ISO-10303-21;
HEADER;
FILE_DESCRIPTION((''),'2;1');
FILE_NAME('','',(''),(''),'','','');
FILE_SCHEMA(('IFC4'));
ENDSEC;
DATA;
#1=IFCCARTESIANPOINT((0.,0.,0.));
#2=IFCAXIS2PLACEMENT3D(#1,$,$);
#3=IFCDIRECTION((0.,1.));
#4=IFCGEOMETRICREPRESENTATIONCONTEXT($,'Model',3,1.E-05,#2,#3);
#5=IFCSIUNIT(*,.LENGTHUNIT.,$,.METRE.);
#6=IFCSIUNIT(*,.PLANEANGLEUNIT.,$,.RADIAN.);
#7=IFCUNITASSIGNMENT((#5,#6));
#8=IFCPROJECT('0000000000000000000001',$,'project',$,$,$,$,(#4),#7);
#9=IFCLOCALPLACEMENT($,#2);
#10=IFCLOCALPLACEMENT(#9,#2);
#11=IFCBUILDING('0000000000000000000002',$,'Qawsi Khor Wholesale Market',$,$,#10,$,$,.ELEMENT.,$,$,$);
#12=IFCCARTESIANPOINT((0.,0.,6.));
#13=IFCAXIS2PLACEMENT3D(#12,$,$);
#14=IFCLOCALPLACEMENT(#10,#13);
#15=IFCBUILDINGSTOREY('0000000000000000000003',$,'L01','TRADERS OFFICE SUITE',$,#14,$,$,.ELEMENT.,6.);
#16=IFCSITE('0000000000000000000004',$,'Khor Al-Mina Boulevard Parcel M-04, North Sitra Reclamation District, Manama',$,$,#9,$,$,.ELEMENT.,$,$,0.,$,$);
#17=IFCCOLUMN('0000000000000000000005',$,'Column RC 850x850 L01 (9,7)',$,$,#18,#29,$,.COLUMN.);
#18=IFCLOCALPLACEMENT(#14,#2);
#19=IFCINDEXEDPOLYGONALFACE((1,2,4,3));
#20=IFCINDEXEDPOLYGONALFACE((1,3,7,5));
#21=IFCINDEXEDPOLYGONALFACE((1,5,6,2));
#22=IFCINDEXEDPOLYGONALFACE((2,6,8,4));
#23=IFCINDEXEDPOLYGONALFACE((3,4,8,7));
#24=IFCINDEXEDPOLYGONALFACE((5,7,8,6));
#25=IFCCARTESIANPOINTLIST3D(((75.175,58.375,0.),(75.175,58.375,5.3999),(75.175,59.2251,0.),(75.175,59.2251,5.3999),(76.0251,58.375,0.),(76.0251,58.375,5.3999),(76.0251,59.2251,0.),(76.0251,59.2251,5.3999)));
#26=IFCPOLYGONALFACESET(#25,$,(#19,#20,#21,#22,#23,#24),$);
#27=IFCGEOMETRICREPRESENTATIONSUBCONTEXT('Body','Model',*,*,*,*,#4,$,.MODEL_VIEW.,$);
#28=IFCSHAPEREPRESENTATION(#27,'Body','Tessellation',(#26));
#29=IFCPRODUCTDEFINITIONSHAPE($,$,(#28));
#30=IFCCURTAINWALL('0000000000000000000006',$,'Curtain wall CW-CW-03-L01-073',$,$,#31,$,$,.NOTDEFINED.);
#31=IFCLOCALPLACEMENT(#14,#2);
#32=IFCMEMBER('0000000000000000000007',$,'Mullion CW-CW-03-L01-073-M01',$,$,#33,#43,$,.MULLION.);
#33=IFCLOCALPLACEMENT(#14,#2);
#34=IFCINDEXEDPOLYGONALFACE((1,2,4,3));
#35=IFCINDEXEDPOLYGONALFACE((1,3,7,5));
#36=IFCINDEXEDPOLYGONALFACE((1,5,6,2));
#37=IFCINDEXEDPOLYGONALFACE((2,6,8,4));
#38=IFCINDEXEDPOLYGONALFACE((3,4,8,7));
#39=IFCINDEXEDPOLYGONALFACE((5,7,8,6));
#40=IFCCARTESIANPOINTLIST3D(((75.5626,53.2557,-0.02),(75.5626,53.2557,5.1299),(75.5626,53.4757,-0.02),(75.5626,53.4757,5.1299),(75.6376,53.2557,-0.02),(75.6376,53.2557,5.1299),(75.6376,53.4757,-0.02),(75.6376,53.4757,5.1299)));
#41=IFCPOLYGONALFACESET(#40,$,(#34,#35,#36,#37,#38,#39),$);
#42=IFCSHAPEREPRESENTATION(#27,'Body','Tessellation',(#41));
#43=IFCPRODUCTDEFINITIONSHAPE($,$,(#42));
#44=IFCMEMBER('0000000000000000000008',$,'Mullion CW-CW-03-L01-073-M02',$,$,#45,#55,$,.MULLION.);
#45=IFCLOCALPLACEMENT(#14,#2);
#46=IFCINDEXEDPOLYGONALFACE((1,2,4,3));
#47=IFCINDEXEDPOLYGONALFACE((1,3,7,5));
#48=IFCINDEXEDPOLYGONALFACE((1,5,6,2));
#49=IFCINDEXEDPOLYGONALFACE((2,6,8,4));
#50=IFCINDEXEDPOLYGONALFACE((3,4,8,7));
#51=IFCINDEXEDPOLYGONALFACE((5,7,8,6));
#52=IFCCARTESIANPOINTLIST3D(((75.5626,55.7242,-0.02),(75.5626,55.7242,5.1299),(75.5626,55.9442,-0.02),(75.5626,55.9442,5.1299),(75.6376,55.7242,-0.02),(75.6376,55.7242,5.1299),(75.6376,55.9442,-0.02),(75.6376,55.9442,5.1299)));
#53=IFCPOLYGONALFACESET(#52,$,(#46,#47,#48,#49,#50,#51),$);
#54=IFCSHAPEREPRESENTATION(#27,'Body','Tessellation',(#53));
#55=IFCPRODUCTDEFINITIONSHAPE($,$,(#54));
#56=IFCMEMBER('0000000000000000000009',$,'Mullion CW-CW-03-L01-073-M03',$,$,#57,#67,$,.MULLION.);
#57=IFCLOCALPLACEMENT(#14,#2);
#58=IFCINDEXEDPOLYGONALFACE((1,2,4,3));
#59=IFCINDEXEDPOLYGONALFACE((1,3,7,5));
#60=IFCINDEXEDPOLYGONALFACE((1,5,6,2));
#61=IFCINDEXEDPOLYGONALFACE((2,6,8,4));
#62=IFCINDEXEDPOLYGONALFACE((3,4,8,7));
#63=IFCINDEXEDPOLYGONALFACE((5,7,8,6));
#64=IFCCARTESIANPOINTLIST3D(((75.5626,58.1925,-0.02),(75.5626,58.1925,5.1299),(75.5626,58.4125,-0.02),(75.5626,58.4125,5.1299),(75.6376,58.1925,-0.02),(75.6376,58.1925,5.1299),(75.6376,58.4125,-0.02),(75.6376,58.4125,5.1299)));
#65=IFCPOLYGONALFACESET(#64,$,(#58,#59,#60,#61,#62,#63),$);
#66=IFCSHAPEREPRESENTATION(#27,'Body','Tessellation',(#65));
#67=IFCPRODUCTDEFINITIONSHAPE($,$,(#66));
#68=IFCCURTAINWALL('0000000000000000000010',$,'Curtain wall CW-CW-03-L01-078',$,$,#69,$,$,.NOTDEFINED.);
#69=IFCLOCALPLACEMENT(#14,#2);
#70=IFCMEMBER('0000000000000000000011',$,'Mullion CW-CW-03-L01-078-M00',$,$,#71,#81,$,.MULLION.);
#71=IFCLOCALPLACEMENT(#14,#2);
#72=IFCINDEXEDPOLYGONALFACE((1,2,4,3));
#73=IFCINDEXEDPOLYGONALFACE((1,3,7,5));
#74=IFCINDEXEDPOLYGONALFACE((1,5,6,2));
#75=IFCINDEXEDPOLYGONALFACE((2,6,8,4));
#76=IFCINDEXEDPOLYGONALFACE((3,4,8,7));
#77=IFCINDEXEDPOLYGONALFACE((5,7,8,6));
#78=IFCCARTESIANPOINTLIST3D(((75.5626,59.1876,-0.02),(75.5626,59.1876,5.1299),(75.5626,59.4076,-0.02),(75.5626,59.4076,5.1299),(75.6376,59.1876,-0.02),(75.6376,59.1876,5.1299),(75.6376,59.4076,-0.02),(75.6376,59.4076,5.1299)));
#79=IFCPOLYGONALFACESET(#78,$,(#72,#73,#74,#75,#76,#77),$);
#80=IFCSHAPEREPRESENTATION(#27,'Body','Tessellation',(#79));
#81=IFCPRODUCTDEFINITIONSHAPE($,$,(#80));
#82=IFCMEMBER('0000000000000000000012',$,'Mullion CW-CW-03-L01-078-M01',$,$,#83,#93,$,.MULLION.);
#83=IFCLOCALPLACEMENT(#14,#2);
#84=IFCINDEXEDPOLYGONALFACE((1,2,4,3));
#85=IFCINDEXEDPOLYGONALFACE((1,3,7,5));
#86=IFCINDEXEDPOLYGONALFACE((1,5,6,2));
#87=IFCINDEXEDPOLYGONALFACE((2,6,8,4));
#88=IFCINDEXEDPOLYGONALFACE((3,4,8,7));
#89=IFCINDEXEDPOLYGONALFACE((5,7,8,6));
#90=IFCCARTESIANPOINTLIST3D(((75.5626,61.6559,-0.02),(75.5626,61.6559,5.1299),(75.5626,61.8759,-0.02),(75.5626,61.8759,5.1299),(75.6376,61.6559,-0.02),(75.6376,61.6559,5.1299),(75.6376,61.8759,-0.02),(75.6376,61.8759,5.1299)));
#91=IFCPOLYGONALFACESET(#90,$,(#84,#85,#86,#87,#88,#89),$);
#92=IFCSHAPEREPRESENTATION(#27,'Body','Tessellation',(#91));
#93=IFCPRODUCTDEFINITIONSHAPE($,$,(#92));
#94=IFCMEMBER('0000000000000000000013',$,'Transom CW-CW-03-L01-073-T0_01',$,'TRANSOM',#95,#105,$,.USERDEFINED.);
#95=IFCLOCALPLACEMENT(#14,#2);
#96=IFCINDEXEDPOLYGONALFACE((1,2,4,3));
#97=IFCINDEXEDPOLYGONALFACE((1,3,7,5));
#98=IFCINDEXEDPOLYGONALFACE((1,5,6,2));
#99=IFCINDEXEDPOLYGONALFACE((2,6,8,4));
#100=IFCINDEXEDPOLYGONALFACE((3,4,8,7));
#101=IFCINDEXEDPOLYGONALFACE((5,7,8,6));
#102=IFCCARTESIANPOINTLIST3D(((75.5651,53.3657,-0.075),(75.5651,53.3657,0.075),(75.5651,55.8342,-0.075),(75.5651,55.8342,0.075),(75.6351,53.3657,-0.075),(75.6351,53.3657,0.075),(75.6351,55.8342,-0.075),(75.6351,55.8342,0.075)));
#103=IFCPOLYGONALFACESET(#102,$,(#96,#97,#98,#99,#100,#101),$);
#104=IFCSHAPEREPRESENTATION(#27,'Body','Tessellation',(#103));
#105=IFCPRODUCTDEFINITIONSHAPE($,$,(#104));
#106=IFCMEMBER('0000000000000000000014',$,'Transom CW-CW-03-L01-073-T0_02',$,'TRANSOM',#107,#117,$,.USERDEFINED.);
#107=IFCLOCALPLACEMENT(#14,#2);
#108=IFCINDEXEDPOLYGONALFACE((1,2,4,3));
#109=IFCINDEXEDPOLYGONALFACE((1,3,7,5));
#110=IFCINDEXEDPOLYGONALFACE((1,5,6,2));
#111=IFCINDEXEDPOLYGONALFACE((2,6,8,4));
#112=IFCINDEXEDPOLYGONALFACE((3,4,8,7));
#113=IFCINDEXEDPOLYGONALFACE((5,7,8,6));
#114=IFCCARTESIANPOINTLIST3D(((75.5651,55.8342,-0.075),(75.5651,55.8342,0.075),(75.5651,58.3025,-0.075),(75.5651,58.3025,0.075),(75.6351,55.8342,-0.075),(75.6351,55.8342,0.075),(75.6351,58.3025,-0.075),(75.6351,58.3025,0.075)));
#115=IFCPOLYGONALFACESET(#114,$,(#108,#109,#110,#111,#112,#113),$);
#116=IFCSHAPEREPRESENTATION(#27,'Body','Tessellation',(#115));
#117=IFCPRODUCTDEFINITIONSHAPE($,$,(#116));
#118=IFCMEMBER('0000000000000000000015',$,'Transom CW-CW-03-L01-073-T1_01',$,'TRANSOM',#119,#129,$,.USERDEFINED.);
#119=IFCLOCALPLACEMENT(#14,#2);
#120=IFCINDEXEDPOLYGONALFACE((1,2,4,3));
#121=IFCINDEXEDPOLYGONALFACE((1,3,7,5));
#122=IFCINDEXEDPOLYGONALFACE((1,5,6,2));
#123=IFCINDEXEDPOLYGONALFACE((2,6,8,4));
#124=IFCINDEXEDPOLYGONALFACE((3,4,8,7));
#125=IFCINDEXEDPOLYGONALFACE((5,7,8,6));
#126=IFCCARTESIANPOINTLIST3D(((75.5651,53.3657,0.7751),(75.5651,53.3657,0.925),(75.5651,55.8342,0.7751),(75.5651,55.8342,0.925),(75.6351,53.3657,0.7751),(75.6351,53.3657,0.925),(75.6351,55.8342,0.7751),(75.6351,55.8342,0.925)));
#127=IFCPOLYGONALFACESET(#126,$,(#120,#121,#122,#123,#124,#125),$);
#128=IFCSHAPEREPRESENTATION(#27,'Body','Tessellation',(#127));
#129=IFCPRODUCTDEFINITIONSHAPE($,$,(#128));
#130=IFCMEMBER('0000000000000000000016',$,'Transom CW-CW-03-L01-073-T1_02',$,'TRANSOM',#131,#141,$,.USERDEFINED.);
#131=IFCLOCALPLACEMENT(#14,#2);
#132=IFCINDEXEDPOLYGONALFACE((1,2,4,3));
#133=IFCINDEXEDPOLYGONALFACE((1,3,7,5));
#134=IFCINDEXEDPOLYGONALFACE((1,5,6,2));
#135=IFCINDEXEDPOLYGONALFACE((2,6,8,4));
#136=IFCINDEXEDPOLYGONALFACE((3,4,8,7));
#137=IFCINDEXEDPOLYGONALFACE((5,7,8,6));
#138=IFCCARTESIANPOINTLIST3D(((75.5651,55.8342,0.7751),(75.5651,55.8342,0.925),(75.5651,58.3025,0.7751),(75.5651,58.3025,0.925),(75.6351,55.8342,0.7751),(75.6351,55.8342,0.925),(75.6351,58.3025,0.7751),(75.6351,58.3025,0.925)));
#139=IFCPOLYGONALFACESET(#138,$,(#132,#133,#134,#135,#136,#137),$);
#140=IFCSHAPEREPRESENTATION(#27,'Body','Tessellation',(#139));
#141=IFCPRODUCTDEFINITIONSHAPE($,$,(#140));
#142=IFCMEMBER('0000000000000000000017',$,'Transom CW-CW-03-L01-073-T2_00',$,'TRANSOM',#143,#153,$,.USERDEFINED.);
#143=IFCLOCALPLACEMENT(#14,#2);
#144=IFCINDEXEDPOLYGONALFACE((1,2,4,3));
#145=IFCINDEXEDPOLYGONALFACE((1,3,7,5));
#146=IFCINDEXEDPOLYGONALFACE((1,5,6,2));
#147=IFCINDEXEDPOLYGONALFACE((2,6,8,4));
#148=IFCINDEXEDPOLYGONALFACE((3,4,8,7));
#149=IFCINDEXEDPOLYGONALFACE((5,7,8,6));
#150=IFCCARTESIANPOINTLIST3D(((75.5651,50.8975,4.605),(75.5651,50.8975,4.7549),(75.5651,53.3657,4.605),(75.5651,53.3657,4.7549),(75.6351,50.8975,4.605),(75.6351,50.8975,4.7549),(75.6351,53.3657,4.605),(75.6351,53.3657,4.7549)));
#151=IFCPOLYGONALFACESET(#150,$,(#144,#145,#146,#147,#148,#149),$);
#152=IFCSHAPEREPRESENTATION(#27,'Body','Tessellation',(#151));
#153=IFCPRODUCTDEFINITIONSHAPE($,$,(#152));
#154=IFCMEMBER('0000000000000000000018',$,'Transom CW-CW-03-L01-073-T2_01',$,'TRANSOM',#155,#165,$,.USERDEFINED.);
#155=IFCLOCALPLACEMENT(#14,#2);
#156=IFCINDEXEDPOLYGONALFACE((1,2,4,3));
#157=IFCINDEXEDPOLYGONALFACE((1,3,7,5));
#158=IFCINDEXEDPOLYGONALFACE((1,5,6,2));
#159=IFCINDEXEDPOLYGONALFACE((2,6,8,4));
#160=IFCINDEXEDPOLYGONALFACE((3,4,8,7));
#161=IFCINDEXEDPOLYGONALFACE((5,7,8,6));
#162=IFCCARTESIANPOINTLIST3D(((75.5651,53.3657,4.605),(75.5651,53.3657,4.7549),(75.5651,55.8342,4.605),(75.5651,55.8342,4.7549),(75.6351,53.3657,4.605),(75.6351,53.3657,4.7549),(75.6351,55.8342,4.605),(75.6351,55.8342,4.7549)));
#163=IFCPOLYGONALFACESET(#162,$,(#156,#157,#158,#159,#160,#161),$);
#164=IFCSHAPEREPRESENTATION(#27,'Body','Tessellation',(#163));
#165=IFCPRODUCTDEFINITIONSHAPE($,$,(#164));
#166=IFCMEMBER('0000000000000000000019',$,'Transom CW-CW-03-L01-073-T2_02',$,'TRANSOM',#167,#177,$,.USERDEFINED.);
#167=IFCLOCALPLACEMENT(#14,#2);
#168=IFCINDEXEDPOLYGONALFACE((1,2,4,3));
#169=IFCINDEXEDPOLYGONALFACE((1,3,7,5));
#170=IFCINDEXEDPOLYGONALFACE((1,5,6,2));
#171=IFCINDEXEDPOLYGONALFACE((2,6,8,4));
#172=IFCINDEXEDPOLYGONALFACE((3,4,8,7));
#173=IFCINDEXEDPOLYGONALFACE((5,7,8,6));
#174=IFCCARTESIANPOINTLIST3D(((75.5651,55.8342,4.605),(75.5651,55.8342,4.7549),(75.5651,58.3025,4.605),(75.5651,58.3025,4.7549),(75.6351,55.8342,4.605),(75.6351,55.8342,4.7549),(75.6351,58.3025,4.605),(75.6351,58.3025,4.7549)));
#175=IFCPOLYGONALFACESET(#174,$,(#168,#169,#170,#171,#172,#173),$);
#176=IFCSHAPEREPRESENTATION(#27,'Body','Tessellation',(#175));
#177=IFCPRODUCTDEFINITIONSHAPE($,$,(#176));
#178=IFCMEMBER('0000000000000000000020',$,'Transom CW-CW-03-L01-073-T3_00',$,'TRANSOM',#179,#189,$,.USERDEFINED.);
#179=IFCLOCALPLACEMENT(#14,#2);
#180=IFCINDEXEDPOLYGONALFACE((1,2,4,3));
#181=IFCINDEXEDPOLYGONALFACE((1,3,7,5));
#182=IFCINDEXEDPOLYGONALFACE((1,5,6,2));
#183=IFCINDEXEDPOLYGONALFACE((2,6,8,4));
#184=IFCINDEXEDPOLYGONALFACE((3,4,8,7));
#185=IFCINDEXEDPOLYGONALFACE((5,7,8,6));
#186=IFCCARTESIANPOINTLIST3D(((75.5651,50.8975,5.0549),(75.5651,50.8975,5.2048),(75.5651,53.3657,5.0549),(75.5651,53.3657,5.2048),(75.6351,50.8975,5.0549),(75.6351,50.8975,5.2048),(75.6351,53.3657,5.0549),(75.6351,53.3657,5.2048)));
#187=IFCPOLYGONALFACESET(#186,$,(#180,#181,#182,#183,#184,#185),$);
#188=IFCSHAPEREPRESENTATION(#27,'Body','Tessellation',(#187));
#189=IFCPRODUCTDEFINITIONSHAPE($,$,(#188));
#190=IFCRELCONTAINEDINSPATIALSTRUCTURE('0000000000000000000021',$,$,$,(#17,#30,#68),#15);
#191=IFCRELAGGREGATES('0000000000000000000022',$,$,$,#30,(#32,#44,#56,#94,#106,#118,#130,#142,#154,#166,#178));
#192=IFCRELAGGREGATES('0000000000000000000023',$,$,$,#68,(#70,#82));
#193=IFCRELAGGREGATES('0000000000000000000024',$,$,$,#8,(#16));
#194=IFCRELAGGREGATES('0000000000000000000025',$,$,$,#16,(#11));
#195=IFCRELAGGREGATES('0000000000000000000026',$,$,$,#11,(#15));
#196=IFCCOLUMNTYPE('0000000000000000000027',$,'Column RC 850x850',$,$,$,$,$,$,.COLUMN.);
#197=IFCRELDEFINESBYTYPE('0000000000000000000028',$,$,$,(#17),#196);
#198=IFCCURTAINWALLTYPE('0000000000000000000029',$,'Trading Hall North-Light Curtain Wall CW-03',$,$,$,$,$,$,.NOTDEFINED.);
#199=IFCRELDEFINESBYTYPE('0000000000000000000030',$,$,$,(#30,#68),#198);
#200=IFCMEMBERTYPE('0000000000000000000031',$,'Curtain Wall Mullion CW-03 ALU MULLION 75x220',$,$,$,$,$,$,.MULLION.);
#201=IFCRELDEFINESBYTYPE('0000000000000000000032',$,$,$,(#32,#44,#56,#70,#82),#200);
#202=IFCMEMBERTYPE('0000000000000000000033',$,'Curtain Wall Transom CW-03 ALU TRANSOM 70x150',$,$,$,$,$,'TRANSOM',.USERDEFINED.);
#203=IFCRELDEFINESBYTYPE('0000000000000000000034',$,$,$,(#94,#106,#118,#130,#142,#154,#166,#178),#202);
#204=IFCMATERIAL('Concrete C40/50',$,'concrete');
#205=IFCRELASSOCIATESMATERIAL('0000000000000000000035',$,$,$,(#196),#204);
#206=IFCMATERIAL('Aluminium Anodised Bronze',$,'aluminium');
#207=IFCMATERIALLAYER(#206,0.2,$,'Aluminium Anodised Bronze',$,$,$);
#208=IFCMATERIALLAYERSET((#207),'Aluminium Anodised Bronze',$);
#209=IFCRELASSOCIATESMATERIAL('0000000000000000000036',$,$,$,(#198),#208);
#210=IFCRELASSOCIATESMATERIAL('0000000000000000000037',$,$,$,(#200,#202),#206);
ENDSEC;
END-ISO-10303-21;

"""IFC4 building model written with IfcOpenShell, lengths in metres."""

from ifc_helpers import new_model, si_unit, direction, frame, origin, origin_2d, place, context, subcontext, project, spatial, rectangle, extrude, material, layer, layer_set, material_profile, profile_set, type_object, element, aggregate, save


model = new_model("IFC4")

# Units and contexts
model_context = context("Model", 3, precision=1e-05, world=origin(), true_north=direction((0.0, 1.0)))
body_context = subcontext(model_context, "Body", "Model", "MODEL_VIEW")
ifc_project = project(units=[si_unit("LENGTHUNIT", "METRE"), si_unit("PLANEANGLEUNIT", "RADIAN")], contexts=[model_context])

# Site, building, storey
site_placement = place(None, origin())
site = spatial("IfcSite", under=ifc_project, at=site_placement, Name="Khor Al-Mina Boulevard Parcel M-04, North Sitra Reclamation District, Manama", CompositionType="ELEMENT", RefElevation=0.0)
building_placement = place(site_placement, origin())
building = spatial("IfcBuilding", under=site, at=building_placement, Name="Qawsi Khor Wholesale Market", CompositionType="ELEMENT")
storey_placement = place(building_placement, frame((0.0, 0.0, 6.0)))
storey = spatial("IfcBuildingStorey", under=building, at=storey_placement, Name="L01", Description="TRADERS OFFICE SUITE", CompositionType="ELEMENT", Elevation=6.0)

# Column
ifc_material_1 = material(Name="Concrete C40/50", Category="concrete")
ifc_material_profile_1 = material_profile(ifc_material_1, rectangle(XDim=0.8501, YDim=0.8501, at=origin_2d()), Name="RC 850x850")
ifc_profile_set_1 = profile_set([ifc_material_profile_1], Name="Concrete C40/50")
column_type = type_object("IfcColumnType", Name="Column RC 850x850", PredefinedType="COLUMN", material=ifc_profile_set_1)
column_placement = place(storey_placement, frame((75.6001, 58.8, 0.0), z_axis=(0.0, 0.0, 1.0), x_axis=(1.0, 0.0, 0.0)))
element("IfcColumn", 1, at=column_placement, inside=storey, type_object=column_type, Name="Column RC 850x850 L01 (9,7)", PredefinedType="COLUMN", context=body_context, shape_type="SweptSolid", body=[
    extrude(rectangle(XDim=0.8501, YDim=0.8501, at=origin_2d()), origin(), (0.0, 0.0, 1.0), 5.3999),
])

# Curtain walls, members
ifc_material_2 = material(Name="Aluminium Anodised Bronze", Category="aluminium")
ifc_layer_1 = layer(ifc_material_2, 0.2, Name="Aluminium Anodised Bronze")
ifc_layer_set_1 = layer_set([ifc_layer_1], Name="Aluminium Anodised Bronze")
curtain_wall_type = type_object("IfcCurtainWallType", Name="Trading Hall North-Light Curtain Wall CW-03", PredefinedType="NOTDEFINED", material=ifc_layer_set_1)
curtain_wall_1_placement = place(storey_placement, origin())
curtain_wall_1 = element("IfcCurtainWall", 2, at=curtain_wall_1_placement, inside=storey, type_object=curtain_wall_type, Name="Curtain wall CW-CW-03-L01-073", PredefinedType="NOTDEFINED")
ifc_material_profile_2 = material_profile(ifc_material_2, rectangle(XDim=0.075, YDim=0.22, at=origin_2d()), Name="ALU MULLION 75x220")
ifc_profile_set_2 = profile_set([ifc_material_profile_2], Name="Aluminium Anodised Bronze")
member_type_1 = type_object("IfcMemberType", Name="Curtain Wall Mullion CW-03 ALU MULLION 75x220", PredefinedType="MULLION", material=ifc_profile_set_2)
member_1_placement = place(storey_placement, frame((75.6001, 53.3657, -0.02), z_axis=(0.0, 0.0, 1.0), x_axis=(1.0, 0.0, 0.0)))
member_1 = element("IfcMember", 3, at=member_1_placement, type_object=member_type_1, Name="Mullion CW-CW-03-L01-073-M01", PredefinedType="MULLION", context=body_context, shape_type="SweptSolid", body=[
    extrude(rectangle(XDim=0.075, YDim=0.22, at=origin_2d()), origin(), (0.0, 0.0, 1.0), 5.1499),
])
member_2_placement = place(storey_placement, frame((75.6001, 55.8342, -0.02), z_axis=(0.0, 0.0, 1.0), x_axis=(1.0, 0.0, 0.0)))
member_2 = element("IfcMember", 4, at=member_2_placement, type_object=member_type_1, Name="Mullion CW-CW-03-L01-073-M02", PredefinedType="MULLION", context=body_context, shape_type="SweptSolid", body=[
    extrude(rectangle(XDim=0.075, YDim=0.22, at=origin_2d()), origin(), (0.0, 0.0, 1.0), 5.1499),
])
member_3_placement = place(storey_placement, frame((75.6001, 58.3025, -0.02), z_axis=(0.0, 0.0, 1.0), x_axis=(1.0, 0.0, 0.0)))
member_3 = element("IfcMember", 5, at=member_3_placement, type_object=member_type_1, Name="Mullion CW-CW-03-L01-073-M03", PredefinedType="MULLION", context=body_context, shape_type="SweptSolid", body=[
    extrude(rectangle(XDim=0.075, YDim=0.22, at=origin_2d()), origin(), (0.0, 0.0, 1.0), 5.1499),
])
curtain_wall_2_placement = place(storey_placement, origin())
curtain_wall_2 = element("IfcCurtainWall", 6, at=curtain_wall_2_placement, inside=storey, type_object=curtain_wall_type, Name="Curtain wall CW-CW-03-L01-078", PredefinedType="NOTDEFINED")
member_4_placement = place(storey_placement, frame((75.6001, 59.2976, -0.02), z_axis=(0.0, 0.0, 1.0), x_axis=(1.0, 0.0, 0.0)))
member_4 = element("IfcMember", 7, at=member_4_placement, type_object=member_type_1, Name="Mullion CW-CW-03-L01-078-M00", PredefinedType="MULLION", context=body_context, shape_type="SweptSolid", body=[
    extrude(rectangle(XDim=0.075, YDim=0.22, at=origin_2d()), origin(), (0.0, 0.0, 1.0), 5.1499),
])
member_5_placement = place(storey_placement, frame((75.6001, 61.7659, -0.02), z_axis=(0.0, 0.0, 1.0), x_axis=(1.0, 0.0, 0.0)))
member_5 = element("IfcMember", 8, at=member_5_placement, type_object=member_type_1, Name="Mullion CW-CW-03-L01-078-M01", PredefinedType="MULLION", context=body_context, shape_type="SweptSolid", body=[
    extrude(rectangle(XDim=0.075, YDim=0.22, at=origin_2d()), origin(), (0.0, 0.0, 1.0), 5.1499),
])

# Members
ifc_material_profile_3 = material_profile(ifc_material_2, rectangle(XDim=0.0701, YDim=0.1499, at=origin_2d()), Name="ALU TRANSOM 70x150")
ifc_profile_set_3 = profile_set([ifc_material_profile_3], Name="Aluminium Anodised Bronze")
member_type_2 = type_object("IfcMemberType", Name="Curtain Wall Transom CW-03 ALU TRANSOM 70x150", ElementType="TRANSOM", PredefinedType="USERDEFINED", material=ifc_profile_set_3)
member_6_placement = place(storey_placement, frame((75.6001, 53.3657, 0.0), z_axis=(0.0, 1.0, 0.0), x_axis=(-1.0, 0.0, 0.0)))
member_6 = element("IfcMember", 9, at=member_6_placement, type_object=member_type_2, Name="Transom CW-CW-03-L01-073-T0_01", ObjectType="TRANSOM", PredefinedType="USERDEFINED", context=body_context, shape_type="SweptSolid", body=[
    extrude(rectangle(XDim=0.0701, YDim=0.1499, at=origin_2d()), origin(), (0.0, 0.0, 1.0), 2.4685),
])
member_7_placement = place(storey_placement, frame((75.6001, 55.8342, 0.0), z_axis=(0.0, 1.0, 0.0), x_axis=(-1.0, 0.0, 0.0)))
member_7 = element("IfcMember", 10, at=member_7_placement, type_object=member_type_2, Name="Transom CW-CW-03-L01-073-T0_02", ObjectType="TRANSOM", PredefinedType="USERDEFINED", context=body_context, shape_type="SweptSolid", body=[
    extrude(rectangle(XDim=0.0701, YDim=0.1499, at=origin_2d()), origin(), (0.0, 0.0, 1.0), 2.4683),
])
member_8_placement = place(storey_placement, frame((75.6001, 53.3657, 0.8501), z_axis=(0.0, 1.0, 0.0), x_axis=(-1.0, 0.0, 0.0)))
member_8 = element("IfcMember", 11, at=member_8_placement, type_object=member_type_2, Name="Transom CW-CW-03-L01-073-T1_01", ObjectType="TRANSOM", PredefinedType="USERDEFINED", context=body_context, shape_type="SweptSolid", body=[
    extrude(rectangle(XDim=0.0701, YDim=0.1499, at=origin_2d()), origin(), (0.0, 0.0, 1.0), 2.4685),
])
member_9_placement = place(storey_placement, frame((75.6001, 55.8342, 0.8501), z_axis=(0.0, 1.0, 0.0), x_axis=(-1.0, 0.0, 0.0)))
member_9 = element("IfcMember", 12, at=member_9_placement, type_object=member_type_2, Name="Transom CW-CW-03-L01-073-T1_02", ObjectType="TRANSOM", PredefinedType="USERDEFINED", context=body_context, shape_type="SweptSolid", body=[
    extrude(rectangle(XDim=0.0701, YDim=0.1499, at=origin_2d()), origin(), (0.0, 0.0, 1.0), 2.4683),
])
member_10_placement = place(storey_placement, frame((75.6001, 50.8975, 4.6799), z_axis=(0.0, 1.0, 0.0), x_axis=(-1.0, 0.0, 0.0)))
member_10 = element("IfcMember", 13, at=member_10_placement, type_object=member_type_2, Name="Transom CW-CW-03-L01-073-T2_00", ObjectType="TRANSOM", PredefinedType="USERDEFINED", context=body_context, shape_type="SweptSolid", body=[
    extrude(rectangle(XDim=0.0701, YDim=0.1499, at=origin_2d()), origin(), (0.0, 0.0, 1.0), 2.4683),
])
member_11_placement = place(storey_placement, frame((75.6001, 53.3657, 4.6799), z_axis=(0.0, 1.0, 0.0), x_axis=(-1.0, 0.0, 0.0)))
member_11 = element("IfcMember", 14, at=member_11_placement, type_object=member_type_2, Name="Transom CW-CW-03-L01-073-T2_01", ObjectType="TRANSOM", PredefinedType="USERDEFINED", context=body_context, shape_type="SweptSolid", body=[
    extrude(rectangle(XDim=0.0701, YDim=0.1499, at=origin_2d()), origin(), (0.0, 0.0, 1.0), 2.4685),
])
member_12_placement = place(storey_placement, frame((75.6001, 55.8342, 4.6799), z_axis=(0.0, 1.0, 0.0), x_axis=(-1.0, 0.0, 0.0)))
member_12 = element("IfcMember", 15, at=member_12_placement, type_object=member_type_2, Name="Transom CW-CW-03-L01-073-T2_02", ObjectType="TRANSOM", PredefinedType="USERDEFINED", context=body_context, shape_type="SweptSolid", body=[
    extrude(rectangle(XDim=0.0701, YDim=0.1499, at=origin_2d()), origin(), (0.0, 0.0, 1.0), 2.4683),
])
member_13_placement = place(storey_placement, frame((75.6001, 50.8975, 5.1299), z_axis=(0.0, 1.0, 0.0), x_axis=(-1.0, 0.0, 0.0)))
member_13 = element("IfcMember", 16, at=member_13_placement, type_object=member_type_2, Name="Transom CW-CW-03-L01-073-T3_00", ObjectType="TRANSOM", PredefinedType="USERDEFINED", context=body_context, shape_type="SweptSolid", body=[
    extrude(rectangle(XDim=0.0701, YDim=0.1499, at=origin_2d()), origin(), (0.0, 0.0, 1.0), 2.4683),
])

aggregate(curtain_wall_1, [member_1, member_2, member_3, member_6, member_7, member_8, member_9, member_10, member_11, member_12, member_13])
aggregate(curtain_wall_2, [member_4, member_5])

save(model, "model.ifc")
